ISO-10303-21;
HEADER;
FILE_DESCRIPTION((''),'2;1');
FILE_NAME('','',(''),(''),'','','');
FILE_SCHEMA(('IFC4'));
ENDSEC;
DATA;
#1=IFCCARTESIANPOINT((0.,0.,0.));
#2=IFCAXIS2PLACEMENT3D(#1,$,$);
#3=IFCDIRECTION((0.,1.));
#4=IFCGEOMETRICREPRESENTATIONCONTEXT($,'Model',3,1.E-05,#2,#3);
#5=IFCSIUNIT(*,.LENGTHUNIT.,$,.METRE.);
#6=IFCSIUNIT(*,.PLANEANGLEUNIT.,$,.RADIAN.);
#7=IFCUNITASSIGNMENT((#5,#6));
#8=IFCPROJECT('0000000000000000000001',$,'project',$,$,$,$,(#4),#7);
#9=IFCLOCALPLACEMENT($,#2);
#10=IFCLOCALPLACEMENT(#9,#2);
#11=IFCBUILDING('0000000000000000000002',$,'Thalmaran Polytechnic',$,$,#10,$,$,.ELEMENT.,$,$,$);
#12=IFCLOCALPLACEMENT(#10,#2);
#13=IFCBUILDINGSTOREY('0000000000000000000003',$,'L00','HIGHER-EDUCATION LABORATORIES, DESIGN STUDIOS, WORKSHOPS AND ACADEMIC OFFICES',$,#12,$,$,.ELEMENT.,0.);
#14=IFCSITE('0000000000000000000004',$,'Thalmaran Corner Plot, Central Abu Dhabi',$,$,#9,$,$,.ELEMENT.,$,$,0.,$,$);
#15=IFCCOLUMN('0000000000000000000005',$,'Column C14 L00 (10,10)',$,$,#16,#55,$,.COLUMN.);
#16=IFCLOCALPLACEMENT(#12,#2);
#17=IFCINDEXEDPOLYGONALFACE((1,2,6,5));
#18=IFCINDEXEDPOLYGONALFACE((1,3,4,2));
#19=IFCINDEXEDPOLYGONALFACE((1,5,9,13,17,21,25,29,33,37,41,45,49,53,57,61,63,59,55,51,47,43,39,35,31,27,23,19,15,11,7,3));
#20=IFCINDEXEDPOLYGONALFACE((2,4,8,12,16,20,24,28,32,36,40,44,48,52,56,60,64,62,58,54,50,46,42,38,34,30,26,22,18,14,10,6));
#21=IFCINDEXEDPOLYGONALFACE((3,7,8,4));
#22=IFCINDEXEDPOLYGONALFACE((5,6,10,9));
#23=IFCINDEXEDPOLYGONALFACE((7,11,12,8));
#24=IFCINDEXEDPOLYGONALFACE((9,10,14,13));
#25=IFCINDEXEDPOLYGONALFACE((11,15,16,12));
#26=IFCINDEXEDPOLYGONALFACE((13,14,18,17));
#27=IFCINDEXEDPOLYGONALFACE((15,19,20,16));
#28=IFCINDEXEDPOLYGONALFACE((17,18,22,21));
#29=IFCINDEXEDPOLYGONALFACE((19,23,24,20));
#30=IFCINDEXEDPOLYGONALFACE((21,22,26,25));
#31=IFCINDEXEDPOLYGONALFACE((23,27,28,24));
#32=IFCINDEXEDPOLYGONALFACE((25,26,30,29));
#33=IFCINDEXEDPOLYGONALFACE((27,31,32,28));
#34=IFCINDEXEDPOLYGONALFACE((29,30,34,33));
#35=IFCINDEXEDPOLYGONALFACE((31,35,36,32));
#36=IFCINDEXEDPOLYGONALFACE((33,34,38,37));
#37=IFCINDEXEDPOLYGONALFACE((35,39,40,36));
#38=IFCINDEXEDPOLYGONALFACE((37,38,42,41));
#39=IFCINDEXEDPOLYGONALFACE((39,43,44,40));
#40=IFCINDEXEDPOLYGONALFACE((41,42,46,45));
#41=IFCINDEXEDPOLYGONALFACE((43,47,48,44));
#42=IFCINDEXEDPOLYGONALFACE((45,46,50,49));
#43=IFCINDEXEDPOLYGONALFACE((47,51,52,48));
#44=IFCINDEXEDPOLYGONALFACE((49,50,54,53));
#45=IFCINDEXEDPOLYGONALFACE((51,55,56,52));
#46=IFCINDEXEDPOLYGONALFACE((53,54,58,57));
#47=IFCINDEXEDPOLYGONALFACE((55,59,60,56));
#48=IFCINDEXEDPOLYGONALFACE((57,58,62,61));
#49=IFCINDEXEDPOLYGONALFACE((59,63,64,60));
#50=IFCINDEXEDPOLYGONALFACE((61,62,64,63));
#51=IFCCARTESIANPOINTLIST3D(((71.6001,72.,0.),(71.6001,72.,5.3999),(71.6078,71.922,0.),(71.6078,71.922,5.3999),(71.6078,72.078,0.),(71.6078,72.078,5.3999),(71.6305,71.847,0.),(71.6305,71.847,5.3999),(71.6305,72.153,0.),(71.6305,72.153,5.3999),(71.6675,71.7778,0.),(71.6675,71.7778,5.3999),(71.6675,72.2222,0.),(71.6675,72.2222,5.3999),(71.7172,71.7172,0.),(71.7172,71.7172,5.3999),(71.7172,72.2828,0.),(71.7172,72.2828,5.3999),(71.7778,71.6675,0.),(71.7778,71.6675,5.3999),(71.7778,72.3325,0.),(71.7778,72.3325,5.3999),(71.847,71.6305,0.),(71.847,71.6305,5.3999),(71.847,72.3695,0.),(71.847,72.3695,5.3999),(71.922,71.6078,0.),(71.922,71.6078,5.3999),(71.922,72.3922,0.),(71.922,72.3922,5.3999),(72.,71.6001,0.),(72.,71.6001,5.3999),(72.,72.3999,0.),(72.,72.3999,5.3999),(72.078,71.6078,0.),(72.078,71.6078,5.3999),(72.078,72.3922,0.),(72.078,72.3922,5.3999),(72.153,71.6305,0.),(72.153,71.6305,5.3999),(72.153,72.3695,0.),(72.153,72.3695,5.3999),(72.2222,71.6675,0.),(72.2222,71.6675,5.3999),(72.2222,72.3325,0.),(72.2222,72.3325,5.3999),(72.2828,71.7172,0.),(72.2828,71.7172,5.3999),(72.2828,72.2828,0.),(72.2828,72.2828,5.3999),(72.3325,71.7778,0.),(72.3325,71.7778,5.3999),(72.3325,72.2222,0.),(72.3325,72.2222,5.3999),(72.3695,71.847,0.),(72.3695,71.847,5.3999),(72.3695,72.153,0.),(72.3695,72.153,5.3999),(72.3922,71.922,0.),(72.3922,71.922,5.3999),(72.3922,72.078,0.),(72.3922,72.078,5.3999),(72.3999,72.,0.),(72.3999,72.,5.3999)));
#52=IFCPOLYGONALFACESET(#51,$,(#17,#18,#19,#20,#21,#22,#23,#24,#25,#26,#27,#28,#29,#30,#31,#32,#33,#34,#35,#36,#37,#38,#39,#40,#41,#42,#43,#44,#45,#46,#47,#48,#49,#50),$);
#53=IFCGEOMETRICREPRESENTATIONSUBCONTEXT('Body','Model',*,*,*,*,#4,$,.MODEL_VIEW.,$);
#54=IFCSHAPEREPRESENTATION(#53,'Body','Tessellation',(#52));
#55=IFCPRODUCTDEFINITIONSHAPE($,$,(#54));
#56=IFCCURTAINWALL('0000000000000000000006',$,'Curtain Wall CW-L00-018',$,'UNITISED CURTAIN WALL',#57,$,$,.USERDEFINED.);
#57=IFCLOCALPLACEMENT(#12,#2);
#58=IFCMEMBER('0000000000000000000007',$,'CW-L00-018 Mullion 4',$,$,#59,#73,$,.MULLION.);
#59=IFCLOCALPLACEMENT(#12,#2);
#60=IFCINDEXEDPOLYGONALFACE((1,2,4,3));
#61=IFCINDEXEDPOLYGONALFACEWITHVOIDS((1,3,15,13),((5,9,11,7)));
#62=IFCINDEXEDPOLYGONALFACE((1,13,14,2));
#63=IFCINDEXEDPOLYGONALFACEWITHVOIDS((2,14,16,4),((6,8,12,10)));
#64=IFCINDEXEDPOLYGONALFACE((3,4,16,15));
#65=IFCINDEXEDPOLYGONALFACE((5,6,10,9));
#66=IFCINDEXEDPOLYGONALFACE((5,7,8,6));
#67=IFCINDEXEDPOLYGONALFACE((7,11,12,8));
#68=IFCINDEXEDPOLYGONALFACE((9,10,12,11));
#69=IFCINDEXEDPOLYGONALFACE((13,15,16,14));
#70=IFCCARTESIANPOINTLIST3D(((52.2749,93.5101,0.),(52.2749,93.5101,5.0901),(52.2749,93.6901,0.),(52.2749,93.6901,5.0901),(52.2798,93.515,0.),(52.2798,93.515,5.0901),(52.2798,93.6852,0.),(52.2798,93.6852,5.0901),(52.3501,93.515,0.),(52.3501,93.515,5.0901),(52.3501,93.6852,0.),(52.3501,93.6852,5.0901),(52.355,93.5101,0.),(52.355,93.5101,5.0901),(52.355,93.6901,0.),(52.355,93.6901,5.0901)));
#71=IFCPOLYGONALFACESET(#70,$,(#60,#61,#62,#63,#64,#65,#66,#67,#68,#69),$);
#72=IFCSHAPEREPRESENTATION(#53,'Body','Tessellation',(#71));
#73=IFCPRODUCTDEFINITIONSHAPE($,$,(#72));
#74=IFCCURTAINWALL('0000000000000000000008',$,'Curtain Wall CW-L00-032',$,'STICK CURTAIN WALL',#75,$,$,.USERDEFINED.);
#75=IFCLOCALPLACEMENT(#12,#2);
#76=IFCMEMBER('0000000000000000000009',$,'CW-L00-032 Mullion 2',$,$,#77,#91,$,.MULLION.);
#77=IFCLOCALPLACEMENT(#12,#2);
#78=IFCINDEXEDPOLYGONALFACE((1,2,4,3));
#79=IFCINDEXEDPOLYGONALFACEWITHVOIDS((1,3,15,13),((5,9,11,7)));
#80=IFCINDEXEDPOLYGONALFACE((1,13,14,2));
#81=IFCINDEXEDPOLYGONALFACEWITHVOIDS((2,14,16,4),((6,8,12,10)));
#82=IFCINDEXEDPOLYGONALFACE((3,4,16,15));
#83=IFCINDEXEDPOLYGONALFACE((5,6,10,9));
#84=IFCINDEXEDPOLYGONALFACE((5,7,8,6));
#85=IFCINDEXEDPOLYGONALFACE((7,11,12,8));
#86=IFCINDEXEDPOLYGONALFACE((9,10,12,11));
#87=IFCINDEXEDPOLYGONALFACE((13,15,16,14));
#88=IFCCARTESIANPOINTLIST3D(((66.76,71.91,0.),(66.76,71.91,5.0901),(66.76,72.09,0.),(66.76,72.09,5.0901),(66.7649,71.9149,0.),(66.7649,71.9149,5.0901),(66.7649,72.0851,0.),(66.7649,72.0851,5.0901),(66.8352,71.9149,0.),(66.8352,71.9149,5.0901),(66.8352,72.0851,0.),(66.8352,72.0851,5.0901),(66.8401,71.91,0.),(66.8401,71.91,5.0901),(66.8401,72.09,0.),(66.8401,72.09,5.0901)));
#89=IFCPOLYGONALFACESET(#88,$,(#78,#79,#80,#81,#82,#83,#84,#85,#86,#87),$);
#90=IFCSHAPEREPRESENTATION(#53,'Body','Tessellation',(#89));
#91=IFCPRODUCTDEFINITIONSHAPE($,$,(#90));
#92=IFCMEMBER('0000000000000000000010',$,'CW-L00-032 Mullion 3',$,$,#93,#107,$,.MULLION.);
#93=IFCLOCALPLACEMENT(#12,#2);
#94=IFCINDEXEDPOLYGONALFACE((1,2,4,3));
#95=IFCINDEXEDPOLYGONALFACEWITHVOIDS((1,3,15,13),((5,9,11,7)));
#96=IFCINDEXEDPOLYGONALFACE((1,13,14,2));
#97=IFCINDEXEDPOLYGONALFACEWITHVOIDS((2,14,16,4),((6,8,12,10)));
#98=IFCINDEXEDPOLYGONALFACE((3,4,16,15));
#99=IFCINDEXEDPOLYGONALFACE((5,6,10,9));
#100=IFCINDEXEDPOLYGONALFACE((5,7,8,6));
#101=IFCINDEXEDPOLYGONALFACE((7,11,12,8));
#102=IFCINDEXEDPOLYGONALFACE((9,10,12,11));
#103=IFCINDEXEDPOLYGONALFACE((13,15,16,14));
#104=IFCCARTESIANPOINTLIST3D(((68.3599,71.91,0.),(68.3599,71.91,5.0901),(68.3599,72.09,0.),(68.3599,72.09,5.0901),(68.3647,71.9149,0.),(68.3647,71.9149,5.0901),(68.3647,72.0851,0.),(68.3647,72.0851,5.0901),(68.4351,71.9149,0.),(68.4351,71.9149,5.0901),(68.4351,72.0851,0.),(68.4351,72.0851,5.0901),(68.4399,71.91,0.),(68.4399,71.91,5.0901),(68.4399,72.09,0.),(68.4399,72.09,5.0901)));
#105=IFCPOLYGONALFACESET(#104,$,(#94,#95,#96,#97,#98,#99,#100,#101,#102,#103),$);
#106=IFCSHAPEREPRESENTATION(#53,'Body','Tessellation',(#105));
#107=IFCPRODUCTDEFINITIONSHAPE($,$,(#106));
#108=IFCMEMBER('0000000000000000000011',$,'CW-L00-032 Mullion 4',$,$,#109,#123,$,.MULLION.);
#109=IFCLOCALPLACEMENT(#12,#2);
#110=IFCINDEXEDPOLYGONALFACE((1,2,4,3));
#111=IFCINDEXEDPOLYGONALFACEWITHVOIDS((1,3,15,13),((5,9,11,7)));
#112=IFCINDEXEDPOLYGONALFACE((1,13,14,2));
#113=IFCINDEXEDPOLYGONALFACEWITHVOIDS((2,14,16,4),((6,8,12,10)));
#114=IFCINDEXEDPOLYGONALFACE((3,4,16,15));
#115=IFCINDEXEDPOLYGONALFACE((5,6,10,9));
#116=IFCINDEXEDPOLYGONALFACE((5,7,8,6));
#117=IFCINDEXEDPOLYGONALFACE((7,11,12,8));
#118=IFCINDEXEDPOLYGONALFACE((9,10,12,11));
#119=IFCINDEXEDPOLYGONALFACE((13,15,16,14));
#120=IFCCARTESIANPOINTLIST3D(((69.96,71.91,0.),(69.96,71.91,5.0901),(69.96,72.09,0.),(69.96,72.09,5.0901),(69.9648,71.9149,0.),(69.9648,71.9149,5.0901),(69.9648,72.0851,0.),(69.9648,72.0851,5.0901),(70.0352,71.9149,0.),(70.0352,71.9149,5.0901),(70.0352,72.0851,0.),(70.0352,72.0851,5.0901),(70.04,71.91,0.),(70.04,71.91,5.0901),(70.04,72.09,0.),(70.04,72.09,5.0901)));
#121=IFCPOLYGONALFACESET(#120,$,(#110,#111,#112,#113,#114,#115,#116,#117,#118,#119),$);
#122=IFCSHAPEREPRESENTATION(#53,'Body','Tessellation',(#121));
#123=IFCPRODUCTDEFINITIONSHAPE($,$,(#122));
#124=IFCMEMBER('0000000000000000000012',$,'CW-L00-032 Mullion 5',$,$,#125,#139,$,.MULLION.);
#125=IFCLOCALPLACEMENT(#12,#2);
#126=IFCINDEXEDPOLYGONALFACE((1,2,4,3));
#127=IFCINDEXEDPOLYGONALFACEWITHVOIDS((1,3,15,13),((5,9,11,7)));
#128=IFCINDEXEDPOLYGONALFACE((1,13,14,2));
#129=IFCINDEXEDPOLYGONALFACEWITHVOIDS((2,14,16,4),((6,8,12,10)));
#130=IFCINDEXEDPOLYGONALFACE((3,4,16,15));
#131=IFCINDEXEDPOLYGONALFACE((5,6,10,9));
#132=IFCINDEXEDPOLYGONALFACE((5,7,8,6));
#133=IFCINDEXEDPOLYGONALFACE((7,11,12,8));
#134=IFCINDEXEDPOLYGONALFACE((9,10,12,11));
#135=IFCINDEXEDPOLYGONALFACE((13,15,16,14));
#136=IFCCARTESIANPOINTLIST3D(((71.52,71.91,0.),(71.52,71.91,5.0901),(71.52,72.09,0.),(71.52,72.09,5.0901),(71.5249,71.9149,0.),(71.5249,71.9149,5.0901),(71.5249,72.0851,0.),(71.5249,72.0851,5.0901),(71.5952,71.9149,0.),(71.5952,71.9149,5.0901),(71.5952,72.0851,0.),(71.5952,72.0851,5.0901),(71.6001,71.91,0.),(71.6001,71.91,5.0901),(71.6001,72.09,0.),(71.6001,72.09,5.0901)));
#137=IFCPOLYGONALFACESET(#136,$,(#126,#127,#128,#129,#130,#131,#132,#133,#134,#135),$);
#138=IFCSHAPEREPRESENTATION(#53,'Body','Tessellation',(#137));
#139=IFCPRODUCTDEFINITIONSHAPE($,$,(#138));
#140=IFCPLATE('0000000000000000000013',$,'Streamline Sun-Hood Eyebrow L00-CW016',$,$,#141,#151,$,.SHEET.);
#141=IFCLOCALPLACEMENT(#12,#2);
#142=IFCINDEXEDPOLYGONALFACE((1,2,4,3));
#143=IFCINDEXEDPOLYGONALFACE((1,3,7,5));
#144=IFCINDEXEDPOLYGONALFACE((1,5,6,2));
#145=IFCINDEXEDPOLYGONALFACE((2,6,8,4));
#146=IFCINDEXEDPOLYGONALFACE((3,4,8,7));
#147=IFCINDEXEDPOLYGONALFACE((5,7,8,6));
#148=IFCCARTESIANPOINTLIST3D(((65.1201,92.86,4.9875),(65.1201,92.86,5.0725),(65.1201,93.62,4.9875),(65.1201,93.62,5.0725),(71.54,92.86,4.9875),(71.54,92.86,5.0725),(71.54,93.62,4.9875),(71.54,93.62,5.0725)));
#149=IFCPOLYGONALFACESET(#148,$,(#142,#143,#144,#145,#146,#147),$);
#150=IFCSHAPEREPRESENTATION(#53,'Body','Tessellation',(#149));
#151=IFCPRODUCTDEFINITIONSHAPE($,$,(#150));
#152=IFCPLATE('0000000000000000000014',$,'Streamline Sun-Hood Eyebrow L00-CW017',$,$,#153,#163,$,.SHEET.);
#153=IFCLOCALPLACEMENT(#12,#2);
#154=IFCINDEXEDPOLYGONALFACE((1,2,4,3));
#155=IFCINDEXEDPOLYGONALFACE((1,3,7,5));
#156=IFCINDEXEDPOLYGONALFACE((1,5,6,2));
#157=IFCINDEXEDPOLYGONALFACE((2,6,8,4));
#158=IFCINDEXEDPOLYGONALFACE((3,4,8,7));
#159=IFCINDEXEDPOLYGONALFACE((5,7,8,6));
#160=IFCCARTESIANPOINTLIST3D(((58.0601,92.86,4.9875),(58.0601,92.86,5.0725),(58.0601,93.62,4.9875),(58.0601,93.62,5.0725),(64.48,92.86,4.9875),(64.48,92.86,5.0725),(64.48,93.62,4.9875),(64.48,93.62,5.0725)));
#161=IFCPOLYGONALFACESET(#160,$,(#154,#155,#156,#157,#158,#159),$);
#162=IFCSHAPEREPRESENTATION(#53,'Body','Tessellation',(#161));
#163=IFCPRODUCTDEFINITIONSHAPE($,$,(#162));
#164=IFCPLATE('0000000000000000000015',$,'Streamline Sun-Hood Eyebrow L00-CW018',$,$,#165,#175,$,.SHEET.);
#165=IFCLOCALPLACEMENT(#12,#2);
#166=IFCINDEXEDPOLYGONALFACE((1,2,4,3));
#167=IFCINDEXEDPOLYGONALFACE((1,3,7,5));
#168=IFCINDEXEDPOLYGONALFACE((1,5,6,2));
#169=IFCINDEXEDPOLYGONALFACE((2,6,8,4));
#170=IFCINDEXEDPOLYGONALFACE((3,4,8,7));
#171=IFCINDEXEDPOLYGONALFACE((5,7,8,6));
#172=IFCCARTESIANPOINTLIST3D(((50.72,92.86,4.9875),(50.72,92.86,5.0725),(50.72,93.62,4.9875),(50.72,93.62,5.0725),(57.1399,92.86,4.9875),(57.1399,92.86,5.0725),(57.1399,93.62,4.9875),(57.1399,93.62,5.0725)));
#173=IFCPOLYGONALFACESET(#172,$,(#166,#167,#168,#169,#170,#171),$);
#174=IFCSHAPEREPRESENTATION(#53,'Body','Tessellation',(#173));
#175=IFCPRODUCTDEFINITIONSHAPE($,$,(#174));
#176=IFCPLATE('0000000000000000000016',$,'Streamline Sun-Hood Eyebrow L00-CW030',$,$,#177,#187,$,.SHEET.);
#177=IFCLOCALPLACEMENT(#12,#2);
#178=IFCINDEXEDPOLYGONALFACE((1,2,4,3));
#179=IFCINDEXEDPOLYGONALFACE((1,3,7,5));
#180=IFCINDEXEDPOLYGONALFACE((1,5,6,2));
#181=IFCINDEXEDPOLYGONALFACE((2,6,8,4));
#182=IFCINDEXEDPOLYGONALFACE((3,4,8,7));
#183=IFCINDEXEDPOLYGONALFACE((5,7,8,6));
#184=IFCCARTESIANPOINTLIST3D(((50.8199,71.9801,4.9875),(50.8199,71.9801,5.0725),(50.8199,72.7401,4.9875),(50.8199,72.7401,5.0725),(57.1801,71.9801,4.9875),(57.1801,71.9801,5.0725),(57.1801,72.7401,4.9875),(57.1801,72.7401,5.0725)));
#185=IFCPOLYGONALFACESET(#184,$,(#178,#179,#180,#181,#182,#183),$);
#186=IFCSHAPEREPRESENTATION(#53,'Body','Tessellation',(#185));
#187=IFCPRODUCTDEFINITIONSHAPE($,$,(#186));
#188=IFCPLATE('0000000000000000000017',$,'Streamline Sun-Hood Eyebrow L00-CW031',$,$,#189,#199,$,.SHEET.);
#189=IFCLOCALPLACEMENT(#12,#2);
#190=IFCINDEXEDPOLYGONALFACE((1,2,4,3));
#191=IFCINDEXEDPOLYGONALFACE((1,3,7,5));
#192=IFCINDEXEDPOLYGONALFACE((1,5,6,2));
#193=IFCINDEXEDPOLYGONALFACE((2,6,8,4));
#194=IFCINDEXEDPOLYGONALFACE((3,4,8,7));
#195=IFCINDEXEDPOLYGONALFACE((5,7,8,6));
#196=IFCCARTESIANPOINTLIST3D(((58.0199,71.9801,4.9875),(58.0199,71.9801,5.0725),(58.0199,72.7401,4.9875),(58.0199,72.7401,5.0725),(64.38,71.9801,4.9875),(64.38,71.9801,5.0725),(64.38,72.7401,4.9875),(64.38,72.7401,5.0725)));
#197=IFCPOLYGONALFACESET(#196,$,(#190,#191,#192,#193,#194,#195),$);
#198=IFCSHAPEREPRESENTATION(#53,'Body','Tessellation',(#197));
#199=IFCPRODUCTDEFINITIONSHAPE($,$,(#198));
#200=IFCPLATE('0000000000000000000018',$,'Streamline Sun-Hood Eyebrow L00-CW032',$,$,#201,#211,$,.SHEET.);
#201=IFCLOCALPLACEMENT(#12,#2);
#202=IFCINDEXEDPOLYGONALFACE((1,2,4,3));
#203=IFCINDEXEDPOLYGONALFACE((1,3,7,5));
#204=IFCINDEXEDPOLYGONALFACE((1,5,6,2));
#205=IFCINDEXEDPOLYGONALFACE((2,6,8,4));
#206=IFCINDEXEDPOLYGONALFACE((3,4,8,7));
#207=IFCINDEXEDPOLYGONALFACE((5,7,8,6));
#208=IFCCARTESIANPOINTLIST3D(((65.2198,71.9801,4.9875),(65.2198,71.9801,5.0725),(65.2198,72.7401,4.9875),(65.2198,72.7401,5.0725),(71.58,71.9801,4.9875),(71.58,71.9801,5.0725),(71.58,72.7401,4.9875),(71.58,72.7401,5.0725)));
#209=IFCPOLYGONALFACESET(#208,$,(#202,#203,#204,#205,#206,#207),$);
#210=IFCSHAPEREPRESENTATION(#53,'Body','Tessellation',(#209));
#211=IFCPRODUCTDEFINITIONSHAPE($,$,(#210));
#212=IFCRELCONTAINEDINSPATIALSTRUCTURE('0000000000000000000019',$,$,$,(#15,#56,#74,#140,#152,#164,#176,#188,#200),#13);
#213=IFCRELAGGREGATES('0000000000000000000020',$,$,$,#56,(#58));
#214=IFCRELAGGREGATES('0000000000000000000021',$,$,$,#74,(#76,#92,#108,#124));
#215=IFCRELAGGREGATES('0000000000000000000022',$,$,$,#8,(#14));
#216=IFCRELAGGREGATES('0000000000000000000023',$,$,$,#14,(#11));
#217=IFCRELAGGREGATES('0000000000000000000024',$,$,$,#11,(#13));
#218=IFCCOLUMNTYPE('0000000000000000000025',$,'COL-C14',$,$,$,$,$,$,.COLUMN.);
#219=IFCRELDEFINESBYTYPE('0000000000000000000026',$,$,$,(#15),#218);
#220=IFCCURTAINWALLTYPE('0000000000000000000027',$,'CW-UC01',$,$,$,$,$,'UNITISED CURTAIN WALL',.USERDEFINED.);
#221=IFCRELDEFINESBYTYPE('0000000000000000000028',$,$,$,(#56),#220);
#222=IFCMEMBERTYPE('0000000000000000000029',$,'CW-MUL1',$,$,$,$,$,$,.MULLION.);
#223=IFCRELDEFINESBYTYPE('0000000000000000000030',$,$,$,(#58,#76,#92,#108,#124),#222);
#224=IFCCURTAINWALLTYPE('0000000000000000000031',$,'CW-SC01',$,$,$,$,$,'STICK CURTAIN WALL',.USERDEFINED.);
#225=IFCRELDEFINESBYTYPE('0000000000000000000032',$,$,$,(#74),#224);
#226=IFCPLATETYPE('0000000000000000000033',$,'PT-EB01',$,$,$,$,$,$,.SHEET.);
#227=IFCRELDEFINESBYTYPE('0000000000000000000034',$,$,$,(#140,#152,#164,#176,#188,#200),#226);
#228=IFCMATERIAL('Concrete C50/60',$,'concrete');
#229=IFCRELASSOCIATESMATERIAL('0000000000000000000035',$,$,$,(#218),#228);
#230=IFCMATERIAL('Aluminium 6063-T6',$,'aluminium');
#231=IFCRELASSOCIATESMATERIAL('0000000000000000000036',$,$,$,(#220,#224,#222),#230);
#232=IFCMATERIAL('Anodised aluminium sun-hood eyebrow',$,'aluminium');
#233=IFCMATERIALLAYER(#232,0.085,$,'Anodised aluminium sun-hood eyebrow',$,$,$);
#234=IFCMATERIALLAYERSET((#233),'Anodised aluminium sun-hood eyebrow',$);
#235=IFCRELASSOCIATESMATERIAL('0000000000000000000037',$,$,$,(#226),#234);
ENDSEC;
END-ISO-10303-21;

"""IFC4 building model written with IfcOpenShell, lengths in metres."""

from ifc_helpers import new_model, si_unit, direction, frame, origin, origin_2d, place, context, subcontext, project, spatial, rectangle, hollow_rectangle, circle, extrude, material, layer, layer_set, material_profile, profile_set, type_object, element, aggregate, save


model = new_model("IFC4")

# Units and contexts
model_context = context("Model", 3, precision=1e-05, world=origin(), true_north=direction((0.0, 1.0)))
body_context = subcontext(model_context, "Body", "Model", "MODEL_VIEW")
ifc_project = project(units=[si_unit("LENGTHUNIT", "METRE"), si_unit("PLANEANGLEUNIT", "RADIAN")], contexts=[model_context])

# Site, building, storey
site_placement = place(None, origin())
site = spatial("IfcSite", under=ifc_project, at=site_placement, Name="Thalmaran Corner Plot, Central Abu Dhabi", CompositionType="ELEMENT", RefElevation=0.0)
building_placement = place(site_placement, origin())
building = spatial("IfcBuilding", under=site, at=building_placement, Name="Thalmaran Polytechnic", CompositionType="ELEMENT")
storey_placement = place(building_placement, origin())
storey = spatial("IfcBuildingStorey", under=building, at=storey_placement, Name="L00", Description="HIGHER-EDUCATION LABORATORIES, DESIGN STUDIOS, WORKSHOPS AND ACADEMIC OFFICES", CompositionType="ELEMENT", Elevation=0.0)

# Column
ifc_material_1 = material(Name="Concrete C50/60", Category="concrete")
ifc_material_profile_1 = material_profile(ifc_material_1, circle(Radius=0.3999, at=origin_2d()), Name="RC 800 DIA")
ifc_profile_set_1 = profile_set([ifc_material_profile_1], Name="Concrete C50/60")
column_type = type_object("IfcColumnType", Name="COL-C14", PredefinedType="COLUMN", material=ifc_profile_set_1)
column_placement = place(storey_placement, frame((72.0, 72.0, 0.0), z_axis=(0.0, 0.0, 1.0), x_axis=(1.0, 0.0, 0.0)))
element("IfcColumn", 1, at=column_placement, inside=storey, type_object=column_type, Name="Column C14 L00 (10,10)", PredefinedType="COLUMN", context=body_context, shape_type="SweptSolid", body=[
    extrude(circle(Radius=0.3999, at=origin_2d()), origin(), (0.0, 0.0, 1.0), 5.3999),
])

# Curtain wall, member
ifc_material_2 = material(Name="Aluminium 6063-T6", Category="aluminium")
curtain_wall_type_1 = type_object("IfcCurtainWallType", Name="CW-UC01", ElementType="UNITISED CURTAIN WALL", PredefinedType="USERDEFINED", material=ifc_material_2)
curtain_wall_1_placement = place(storey_placement, origin())
curtain_wall_1 = element("IfcCurtainWall", 2, at=curtain_wall_1_placement, inside=storey, type_object=curtain_wall_type_1, Name="Curtain Wall CW-L00-018", ObjectType="UNITISED CURTAIN WALL", PredefinedType="USERDEFINED")
ifc_material_profile_2 = material_profile(ifc_material_2, hollow_rectangle(XDim=0.0801, YDim=0.1799, WallThickness=0.0049, at=origin_2d()), Name="RHS 180x80x5.0")
ifc_profile_set_2 = profile_set([ifc_material_profile_2], Name="Aluminium 6063-T6")
member_type = type_object("IfcMemberType", Name="CW-MUL1", PredefinedType="MULLION", material=ifc_profile_set_2)
member_1_placement = place(storey_placement, frame((52.3149, 93.6001, 0.0), z_axis=(0.0, 0.0, 1.0), x_axis=(1.0, 0.0, 0.0)))
member_1 = element("IfcMember", 3, at=member_1_placement, type_object=member_type, Name="CW-L00-018 Mullion 4", PredefinedType="MULLION", context=body_context, shape_type="SweptSolid", body=[
    extrude(hollow_rectangle(XDim=0.0801, YDim=0.1799, WallThickness=0.0049, at=origin_2d()), origin(), (0.0, 0.0, 1.0), 5.0901),
])

# Curtain wall, members
curtain_wall_type_2 = type_object("IfcCurtainWallType", Name="CW-SC01", ElementType="STICK CURTAIN WALL", PredefinedType="USERDEFINED", material=ifc_material_2)
curtain_wall_2_placement = place(storey_placement, origin())
curtain_wall_2 = element("IfcCurtainWall", 4, at=curtain_wall_2_placement, inside=storey, type_object=curtain_wall_type_2, Name="Curtain Wall CW-L00-032", ObjectType="STICK CURTAIN WALL", PredefinedType="USERDEFINED")
member_2_placement = place(storey_placement, frame((66.8, 72.0, 0.0), z_axis=(0.0, 0.0, 1.0), x_axis=(1.0, 0.0, 0.0)))
member_2 = element("IfcMember", 5, at=member_2_placement, type_object=member_type, Name="CW-L00-032 Mullion 2", PredefinedType="MULLION", context=body_context, shape_type="SweptSolid", body=[
    extrude(hollow_rectangle(XDim=0.0801, YDim=0.1799, WallThickness=0.0049, at=origin_2d()), origin(), (0.0, 0.0, 1.0), 5.0901),
])
member_3_placement = place(storey_placement, frame((68.3999, 72.0, 0.0), z_axis=(0.0, 0.0, 1.0), x_axis=(1.0, 0.0, 0.0)))
member_3 = element("IfcMember", 6, at=member_3_placement, type_object=member_type, Name="CW-L00-032 Mullion 3", PredefinedType="MULLION", context=body_context, shape_type="SweptSolid", body=[
    extrude(hollow_rectangle(XDim=0.0801, YDim=0.1799, WallThickness=0.0049, at=origin_2d()), origin(), (0.0, 0.0, 1.0), 5.0901),
])
member_4_placement = place(storey_placement, frame((70.0, 72.0, 0.0), z_axis=(0.0, 0.0, 1.0), x_axis=(1.0, 0.0, 0.0)))
member_4 = element("IfcMember", 7, at=member_4_placement, type_object=member_type, Name="CW-L00-032 Mullion 4", PredefinedType="MULLION", context=body_context, shape_type="SweptSolid", body=[
    extrude(hollow_rectangle(XDim=0.0801, YDim=0.1799, WallThickness=0.0049, at=origin_2d()), origin(), (0.0, 0.0, 1.0), 5.0901),
])
member_5_placement = place(storey_placement, frame((71.5601, 72.0, 0.0), z_axis=(0.0, 0.0, 1.0), x_axis=(1.0, 0.0, 0.0)))
member_5 = element("IfcMember", 8, at=member_5_placement, type_object=member_type, Name="CW-L00-032 Mullion 5", PredefinedType="MULLION", context=body_context, shape_type="SweptSolid", body=[
    extrude(hollow_rectangle(XDim=0.0801, YDim=0.1799, WallThickness=0.0049, at=origin_2d()), origin(), (0.0, 0.0, 1.0), 5.0901),
])

# Plates
ifc_material_3 = material(Name="Anodised aluminium sun-hood eyebrow", Category="aluminium")
ifc_layer_1 = layer(ifc_material_3, 0.085, Name="Anodised aluminium sun-hood eyebrow")
ifc_layer_set_1 = layer_set([ifc_layer_1], Name="Anodised aluminium sun-hood eyebrow")
plate_type_1 = type_object("IfcPlateType", Name="PT-EB01", PredefinedType="SHEET", material=ifc_layer_set_1)
for number, where, z_axis, x_axis, name in (
    (9, (68.3301, 93.24, 4.9875), (0.0, 0.0, 1.0), (-1.0, 0.0, 0.0), "Streamline Sun-Hood Eyebrow L00-CW016"),
    (10, (61.27, 93.24, 4.9875), (0.0, 0.0, 1.0), (-1.0, 0.0, 0.0), "Streamline Sun-Hood Eyebrow L00-CW017"),
    (11, (53.9299, 93.24, 4.9875), (0.0, 0.0, 1.0), (-1.0, 0.0, 0.0), "Streamline Sun-Hood Eyebrow L00-CW018"),
):
    element("IfcPlate", number, at=place(storey_placement, frame(where, z_axis=z_axis, x_axis=x_axis)), inside=storey, type_object=plate_type_1, Name=name, PredefinedType="SHEET", context=body_context, shape_type="SweptSolid", body=[
        extrude(rectangle(XDim=6.4199, YDim=0.76, at=origin_2d()), origin(), (0.0, 0.0, 1.0), 0.085),
    ])
for number, where, z_axis, x_axis, name in (
    (12, (54.0, 72.3601, 4.9875), (0.0, 0.0, 1.0), (1.0, 0.0, 0.0), "Streamline Sun-Hood Eyebrow L00-CW030"),
    (13, (61.2, 72.3601, 4.9875), (0.0, 0.0, 1.0), (1.0, 0.0, 0.0), "Streamline Sun-Hood Eyebrow L00-CW031"),
    (14, (68.3999, 72.3601, 4.9875), (0.0, 0.0, 1.0), (1.0, 0.0, 0.0), "Streamline Sun-Hood Eyebrow L00-CW032"),
):
    element("IfcPlate", number, at=place(storey_placement, frame(where, z_axis=z_axis, x_axis=x_axis)), inside=storey, type_object=plate_type_1, Name=name, PredefinedType="SHEET", context=body_context, shape_type="SweptSolid", body=[
        extrude(rectangle(XDim=6.3601, YDim=0.76, at=origin_2d()), origin(), (0.0, 0.0, 1.0), 0.085),
    ])

aggregate(curtain_wall_1, [member_1])
aggregate(curtain_wall_2, [member_2, member_3, member_4, member_5])

save(model, "model.ifc")
